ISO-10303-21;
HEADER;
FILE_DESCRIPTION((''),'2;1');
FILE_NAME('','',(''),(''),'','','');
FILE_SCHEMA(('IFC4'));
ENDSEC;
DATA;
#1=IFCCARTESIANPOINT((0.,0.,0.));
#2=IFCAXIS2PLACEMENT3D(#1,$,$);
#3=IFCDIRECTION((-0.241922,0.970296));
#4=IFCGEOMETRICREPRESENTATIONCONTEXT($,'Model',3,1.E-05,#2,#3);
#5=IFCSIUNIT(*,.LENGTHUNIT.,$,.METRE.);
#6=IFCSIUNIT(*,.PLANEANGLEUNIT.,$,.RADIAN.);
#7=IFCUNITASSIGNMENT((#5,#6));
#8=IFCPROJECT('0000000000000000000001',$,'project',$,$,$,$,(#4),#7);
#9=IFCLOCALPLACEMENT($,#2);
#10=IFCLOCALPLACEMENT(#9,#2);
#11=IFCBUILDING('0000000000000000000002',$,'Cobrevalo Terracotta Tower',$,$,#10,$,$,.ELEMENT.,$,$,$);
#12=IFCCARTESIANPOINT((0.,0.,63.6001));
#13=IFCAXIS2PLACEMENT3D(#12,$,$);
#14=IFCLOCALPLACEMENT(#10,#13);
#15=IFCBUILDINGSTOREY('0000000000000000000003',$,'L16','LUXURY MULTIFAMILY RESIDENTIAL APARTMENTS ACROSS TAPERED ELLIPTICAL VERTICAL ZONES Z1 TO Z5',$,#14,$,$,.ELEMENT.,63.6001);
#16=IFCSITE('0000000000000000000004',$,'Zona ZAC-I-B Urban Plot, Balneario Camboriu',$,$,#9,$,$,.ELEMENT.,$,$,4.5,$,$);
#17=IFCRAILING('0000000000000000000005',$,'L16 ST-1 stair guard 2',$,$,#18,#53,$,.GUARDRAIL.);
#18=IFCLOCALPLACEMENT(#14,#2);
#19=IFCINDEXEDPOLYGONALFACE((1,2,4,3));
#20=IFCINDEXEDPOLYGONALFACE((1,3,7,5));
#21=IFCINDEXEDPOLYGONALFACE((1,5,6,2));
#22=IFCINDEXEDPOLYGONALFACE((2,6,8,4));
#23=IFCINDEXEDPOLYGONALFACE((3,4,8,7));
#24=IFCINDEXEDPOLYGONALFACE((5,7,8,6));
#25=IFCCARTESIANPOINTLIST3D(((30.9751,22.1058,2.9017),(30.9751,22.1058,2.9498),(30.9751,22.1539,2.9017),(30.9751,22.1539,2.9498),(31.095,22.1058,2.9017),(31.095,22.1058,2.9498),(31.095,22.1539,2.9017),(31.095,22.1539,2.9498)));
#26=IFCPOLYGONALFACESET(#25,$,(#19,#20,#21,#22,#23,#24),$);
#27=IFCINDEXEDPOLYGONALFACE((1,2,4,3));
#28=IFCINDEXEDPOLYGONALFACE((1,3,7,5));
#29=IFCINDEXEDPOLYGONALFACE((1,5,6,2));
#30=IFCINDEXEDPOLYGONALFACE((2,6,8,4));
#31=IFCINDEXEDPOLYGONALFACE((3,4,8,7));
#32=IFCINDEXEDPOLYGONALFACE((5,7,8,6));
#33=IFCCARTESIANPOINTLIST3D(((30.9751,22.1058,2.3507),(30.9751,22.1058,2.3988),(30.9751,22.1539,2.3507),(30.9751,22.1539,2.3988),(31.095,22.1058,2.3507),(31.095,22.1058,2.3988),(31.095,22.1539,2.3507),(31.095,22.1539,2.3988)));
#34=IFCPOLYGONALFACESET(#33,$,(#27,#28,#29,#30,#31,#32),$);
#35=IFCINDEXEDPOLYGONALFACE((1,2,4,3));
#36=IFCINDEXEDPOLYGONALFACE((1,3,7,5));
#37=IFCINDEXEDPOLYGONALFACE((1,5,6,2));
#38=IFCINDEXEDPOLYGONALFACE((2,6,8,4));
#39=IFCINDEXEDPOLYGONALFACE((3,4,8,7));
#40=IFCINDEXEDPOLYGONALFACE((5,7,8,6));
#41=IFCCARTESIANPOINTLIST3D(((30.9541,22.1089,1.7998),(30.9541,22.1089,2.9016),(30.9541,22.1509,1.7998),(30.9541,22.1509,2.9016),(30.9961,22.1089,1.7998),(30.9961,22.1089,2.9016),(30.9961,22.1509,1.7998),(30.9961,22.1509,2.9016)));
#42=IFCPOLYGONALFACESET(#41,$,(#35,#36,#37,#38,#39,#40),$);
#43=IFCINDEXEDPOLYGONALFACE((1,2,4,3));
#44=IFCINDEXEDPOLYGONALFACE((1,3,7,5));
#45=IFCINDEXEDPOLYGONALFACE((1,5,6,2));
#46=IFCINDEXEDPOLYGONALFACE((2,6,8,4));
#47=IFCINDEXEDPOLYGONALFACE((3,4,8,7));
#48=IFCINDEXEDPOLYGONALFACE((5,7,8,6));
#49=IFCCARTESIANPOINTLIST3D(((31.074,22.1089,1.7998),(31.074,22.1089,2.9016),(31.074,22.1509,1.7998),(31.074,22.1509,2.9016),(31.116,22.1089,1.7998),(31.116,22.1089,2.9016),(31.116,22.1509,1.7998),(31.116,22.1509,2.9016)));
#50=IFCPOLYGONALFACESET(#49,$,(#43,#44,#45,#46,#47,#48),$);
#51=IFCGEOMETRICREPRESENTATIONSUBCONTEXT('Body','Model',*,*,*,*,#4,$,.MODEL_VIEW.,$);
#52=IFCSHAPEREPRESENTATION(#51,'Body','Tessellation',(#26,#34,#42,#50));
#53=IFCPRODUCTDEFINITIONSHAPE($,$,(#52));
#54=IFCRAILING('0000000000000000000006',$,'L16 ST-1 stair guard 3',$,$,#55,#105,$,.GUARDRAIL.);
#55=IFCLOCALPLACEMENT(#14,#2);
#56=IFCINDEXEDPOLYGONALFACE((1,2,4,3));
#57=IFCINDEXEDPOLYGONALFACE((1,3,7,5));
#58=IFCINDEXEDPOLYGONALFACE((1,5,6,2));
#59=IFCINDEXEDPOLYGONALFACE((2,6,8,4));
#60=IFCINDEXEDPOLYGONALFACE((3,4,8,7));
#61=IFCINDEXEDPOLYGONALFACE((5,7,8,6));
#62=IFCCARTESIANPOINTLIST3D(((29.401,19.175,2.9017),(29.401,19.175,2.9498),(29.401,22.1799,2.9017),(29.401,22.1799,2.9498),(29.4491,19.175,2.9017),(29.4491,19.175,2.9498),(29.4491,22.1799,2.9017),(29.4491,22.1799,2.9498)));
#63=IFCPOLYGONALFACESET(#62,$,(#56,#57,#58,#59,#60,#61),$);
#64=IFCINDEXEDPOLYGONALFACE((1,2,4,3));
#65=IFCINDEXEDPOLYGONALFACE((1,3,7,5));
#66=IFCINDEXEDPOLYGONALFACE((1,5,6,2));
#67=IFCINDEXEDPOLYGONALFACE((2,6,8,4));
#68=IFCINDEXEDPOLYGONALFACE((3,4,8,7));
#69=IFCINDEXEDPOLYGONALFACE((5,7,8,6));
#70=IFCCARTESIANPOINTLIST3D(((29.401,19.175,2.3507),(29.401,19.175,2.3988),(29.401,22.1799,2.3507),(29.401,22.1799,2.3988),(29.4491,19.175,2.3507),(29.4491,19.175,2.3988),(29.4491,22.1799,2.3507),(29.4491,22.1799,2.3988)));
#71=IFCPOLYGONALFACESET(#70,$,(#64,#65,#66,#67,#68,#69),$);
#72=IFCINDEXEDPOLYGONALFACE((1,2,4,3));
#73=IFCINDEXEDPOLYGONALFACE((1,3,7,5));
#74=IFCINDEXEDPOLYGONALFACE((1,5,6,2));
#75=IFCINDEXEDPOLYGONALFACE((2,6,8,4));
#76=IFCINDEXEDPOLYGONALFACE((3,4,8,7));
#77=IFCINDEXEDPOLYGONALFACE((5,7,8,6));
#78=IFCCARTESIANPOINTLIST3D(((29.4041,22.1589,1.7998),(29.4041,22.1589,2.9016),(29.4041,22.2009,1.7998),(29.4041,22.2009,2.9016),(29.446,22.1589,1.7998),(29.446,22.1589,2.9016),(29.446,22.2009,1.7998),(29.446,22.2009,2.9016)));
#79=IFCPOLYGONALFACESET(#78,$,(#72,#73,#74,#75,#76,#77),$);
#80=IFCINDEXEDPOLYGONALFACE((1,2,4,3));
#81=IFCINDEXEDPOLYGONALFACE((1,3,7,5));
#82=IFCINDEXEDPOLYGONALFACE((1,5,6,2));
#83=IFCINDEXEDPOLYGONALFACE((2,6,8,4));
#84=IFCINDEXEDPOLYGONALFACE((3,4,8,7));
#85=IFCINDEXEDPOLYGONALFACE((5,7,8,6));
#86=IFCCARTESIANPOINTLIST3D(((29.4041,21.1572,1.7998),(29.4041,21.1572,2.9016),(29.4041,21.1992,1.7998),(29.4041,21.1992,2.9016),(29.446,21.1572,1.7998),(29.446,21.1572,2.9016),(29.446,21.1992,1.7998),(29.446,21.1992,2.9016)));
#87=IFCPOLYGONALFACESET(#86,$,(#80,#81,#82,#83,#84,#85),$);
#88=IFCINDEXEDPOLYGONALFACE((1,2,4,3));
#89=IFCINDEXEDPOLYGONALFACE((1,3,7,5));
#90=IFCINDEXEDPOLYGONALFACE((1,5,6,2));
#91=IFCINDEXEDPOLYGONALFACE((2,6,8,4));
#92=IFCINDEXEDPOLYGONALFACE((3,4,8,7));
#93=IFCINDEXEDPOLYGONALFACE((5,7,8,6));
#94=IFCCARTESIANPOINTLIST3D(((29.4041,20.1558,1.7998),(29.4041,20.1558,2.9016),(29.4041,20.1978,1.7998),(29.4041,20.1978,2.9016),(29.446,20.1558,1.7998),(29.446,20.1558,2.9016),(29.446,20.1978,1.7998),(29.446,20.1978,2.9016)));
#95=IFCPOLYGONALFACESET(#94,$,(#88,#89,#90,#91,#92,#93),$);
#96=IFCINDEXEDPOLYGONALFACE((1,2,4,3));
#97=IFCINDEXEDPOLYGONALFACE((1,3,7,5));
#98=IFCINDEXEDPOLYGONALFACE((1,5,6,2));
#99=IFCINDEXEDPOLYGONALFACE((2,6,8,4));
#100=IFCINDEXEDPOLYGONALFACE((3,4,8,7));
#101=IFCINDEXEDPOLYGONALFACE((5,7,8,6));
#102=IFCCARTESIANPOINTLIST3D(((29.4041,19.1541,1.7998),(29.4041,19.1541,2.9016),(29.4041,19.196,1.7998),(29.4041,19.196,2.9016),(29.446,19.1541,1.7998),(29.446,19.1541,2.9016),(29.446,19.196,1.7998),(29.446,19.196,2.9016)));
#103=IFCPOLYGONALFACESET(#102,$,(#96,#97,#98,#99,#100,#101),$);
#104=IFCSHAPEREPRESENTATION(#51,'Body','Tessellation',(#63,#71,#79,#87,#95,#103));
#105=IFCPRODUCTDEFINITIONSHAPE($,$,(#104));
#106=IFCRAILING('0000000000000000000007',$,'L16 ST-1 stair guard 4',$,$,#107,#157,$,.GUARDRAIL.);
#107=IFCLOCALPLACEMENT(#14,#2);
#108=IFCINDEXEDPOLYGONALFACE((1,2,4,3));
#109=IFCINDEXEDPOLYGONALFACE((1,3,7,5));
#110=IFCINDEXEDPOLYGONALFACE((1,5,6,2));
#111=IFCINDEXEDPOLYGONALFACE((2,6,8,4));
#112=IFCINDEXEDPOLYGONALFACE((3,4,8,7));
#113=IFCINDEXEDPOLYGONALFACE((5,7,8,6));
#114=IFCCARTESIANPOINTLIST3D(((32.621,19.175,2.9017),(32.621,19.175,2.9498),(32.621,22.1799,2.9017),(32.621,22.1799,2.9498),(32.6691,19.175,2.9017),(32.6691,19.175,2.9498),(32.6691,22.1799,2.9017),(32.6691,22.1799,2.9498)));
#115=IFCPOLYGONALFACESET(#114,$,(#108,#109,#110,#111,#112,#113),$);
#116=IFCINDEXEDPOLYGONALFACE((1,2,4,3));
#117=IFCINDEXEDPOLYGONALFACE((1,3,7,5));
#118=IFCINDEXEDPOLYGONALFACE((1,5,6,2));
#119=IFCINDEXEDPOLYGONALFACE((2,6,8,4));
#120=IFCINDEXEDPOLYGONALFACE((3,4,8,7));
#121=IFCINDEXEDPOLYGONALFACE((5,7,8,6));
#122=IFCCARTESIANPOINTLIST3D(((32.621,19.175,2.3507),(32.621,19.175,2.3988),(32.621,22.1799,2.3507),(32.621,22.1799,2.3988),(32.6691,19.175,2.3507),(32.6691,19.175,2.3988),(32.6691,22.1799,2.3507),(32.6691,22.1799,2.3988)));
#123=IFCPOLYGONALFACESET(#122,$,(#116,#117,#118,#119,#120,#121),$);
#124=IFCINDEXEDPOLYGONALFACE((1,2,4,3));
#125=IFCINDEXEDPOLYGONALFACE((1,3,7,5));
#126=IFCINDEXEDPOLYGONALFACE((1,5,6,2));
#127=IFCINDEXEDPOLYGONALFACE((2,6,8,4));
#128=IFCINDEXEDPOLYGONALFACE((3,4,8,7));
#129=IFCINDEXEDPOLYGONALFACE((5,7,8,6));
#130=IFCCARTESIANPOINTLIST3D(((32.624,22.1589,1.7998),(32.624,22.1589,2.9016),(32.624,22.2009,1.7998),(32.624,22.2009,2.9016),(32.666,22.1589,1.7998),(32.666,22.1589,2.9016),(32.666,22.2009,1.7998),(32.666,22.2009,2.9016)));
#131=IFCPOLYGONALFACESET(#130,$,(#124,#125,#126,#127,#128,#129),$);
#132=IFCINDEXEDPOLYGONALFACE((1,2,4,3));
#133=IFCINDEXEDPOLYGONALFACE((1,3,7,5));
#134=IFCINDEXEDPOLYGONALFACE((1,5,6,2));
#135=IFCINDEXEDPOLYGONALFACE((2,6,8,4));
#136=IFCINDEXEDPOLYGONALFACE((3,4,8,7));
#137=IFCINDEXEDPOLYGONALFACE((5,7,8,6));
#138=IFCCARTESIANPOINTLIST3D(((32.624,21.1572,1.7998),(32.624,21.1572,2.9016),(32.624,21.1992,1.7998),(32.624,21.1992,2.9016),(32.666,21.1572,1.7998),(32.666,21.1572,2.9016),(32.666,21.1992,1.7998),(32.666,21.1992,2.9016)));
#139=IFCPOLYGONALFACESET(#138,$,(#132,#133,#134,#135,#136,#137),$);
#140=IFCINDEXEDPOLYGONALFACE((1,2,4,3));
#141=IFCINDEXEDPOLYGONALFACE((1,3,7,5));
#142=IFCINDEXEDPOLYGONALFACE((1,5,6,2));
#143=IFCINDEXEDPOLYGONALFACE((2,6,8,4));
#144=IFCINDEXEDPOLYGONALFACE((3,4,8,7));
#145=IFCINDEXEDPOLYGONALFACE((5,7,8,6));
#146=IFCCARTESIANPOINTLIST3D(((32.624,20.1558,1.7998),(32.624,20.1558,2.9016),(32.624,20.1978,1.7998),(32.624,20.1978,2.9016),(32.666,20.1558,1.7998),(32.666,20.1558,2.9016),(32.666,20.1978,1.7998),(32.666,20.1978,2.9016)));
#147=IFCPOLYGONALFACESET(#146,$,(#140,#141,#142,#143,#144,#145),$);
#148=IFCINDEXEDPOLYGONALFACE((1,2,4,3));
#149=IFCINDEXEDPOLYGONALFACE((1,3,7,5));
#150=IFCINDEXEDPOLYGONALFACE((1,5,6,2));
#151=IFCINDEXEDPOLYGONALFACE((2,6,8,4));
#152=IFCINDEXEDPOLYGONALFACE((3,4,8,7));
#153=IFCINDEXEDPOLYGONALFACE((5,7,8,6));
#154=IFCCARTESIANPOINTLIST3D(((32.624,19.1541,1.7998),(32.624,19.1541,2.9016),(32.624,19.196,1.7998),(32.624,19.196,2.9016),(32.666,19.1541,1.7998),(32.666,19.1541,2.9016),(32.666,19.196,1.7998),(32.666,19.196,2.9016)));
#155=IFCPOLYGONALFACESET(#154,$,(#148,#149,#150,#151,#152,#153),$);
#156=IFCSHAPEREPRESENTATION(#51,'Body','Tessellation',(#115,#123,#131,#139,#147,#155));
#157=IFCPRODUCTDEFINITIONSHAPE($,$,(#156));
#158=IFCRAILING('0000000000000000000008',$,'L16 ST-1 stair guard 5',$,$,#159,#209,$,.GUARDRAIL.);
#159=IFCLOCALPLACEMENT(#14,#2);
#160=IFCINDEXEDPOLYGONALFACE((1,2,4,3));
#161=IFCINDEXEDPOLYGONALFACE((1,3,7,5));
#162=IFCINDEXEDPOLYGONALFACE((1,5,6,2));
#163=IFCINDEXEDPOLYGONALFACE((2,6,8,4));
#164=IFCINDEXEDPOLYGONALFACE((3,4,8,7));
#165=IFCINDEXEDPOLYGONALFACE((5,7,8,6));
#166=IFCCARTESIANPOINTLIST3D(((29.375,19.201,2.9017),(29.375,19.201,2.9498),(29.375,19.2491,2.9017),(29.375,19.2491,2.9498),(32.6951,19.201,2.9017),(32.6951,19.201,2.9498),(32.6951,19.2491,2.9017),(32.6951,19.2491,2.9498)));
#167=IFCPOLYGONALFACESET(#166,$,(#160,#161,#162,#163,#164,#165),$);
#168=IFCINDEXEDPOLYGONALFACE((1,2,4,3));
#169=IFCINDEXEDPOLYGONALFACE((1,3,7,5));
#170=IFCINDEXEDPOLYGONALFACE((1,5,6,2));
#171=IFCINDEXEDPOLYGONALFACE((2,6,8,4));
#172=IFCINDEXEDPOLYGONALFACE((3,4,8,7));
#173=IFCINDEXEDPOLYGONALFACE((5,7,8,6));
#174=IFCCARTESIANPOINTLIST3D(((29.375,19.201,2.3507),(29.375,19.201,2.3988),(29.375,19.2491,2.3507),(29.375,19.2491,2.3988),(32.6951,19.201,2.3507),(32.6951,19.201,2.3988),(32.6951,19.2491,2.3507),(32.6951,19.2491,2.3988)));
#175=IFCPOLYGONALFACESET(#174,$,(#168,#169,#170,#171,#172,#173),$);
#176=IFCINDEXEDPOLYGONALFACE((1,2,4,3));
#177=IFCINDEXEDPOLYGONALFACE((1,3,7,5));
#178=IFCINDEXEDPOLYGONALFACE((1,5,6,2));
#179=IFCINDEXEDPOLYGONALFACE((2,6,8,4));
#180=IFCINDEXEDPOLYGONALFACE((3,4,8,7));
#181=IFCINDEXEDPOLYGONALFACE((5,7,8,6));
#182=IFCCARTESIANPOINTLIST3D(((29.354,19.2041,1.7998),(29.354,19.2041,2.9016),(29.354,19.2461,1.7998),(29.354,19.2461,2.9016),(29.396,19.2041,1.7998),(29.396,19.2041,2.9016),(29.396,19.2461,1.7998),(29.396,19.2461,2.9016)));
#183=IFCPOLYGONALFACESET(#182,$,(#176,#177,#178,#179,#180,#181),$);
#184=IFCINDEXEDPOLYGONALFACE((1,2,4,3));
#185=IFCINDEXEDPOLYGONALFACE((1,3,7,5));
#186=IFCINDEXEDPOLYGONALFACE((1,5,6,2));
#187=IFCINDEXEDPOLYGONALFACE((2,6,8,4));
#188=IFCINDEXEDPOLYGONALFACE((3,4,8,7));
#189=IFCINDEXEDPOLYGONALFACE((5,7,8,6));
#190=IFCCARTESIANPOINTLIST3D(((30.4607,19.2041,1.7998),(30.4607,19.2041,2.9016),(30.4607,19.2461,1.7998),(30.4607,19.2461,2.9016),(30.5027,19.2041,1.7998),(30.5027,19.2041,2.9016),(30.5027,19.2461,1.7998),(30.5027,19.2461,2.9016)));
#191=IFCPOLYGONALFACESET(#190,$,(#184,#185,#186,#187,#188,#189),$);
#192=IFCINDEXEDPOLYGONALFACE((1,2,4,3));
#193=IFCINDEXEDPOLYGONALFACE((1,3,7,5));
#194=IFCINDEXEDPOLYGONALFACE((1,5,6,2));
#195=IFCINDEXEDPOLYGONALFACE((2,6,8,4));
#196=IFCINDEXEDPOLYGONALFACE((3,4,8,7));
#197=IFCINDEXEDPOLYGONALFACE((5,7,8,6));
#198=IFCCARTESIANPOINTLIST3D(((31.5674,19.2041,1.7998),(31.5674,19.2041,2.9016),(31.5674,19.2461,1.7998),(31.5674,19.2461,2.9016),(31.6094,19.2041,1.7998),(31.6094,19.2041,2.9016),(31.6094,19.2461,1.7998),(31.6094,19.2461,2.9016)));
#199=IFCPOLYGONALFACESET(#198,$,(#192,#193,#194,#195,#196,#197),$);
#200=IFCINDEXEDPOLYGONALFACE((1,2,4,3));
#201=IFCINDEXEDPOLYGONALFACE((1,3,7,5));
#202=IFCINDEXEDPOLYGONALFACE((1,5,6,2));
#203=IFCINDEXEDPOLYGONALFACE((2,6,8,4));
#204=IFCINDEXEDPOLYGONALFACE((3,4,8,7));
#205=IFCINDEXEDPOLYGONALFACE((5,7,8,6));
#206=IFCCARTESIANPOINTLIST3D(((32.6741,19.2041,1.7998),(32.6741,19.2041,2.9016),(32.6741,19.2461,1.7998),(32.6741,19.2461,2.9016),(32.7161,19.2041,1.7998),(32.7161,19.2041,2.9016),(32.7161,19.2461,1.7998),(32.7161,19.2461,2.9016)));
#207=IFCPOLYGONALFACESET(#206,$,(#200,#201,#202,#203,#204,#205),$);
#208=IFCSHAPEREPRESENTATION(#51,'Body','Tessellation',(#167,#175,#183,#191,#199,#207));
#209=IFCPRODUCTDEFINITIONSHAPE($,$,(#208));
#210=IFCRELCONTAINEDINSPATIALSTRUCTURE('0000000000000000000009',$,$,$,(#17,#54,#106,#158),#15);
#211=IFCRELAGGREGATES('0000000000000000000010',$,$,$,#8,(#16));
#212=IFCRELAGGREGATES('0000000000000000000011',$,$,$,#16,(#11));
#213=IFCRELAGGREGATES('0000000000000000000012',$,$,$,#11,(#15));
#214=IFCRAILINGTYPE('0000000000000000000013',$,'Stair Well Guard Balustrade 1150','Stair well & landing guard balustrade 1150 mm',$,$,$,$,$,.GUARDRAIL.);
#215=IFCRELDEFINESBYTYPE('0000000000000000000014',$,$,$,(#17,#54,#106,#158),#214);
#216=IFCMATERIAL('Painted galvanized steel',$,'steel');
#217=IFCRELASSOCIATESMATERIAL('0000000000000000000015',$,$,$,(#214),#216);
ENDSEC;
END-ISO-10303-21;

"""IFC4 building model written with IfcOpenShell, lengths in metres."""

from ifc_helpers import new_model, si_unit, direction, frame, origin, origin_2d, place, context, subcontext, project, spatial, rectangle, extrude, material, type_object, element, save


model = new_model("IFC4")

# Units and contexts
model_context = context("Model", 3, precision=1e-05, world=origin(), true_north=direction((-0.241922, 0.970296)))
body_context = subcontext(model_context, "Body", "Model", "MODEL_VIEW")
ifc_project = project(units=[si_unit("LENGTHUNIT", "METRE"), si_unit("PLANEANGLEUNIT", "RADIAN")], contexts=[model_context])

# Site, building, storey
site_placement = place(None, origin())
site = spatial("IfcSite", under=ifc_project, at=site_placement, Name="Zona ZAC-I-B Urban Plot, Balneario Camboriu", CompositionType="ELEMENT", RefElevation=4.5)
building_placement = place(site_placement, origin())
building = spatial("IfcBuilding", under=site, at=building_placement, Name="Cobrevalo Terracotta Tower", CompositionType="ELEMENT")
storey_placement = place(building_placement, frame((0.0, 0.0, 63.6001)))
storey = spatial("IfcBuildingStorey", under=building, at=storey_placement, Name="L16", Description="LUXURY MULTIFAMILY RESIDENTIAL APARTMENTS ACROSS TAPERED ELLIPTICAL VERTICAL ZONES Z1 TO Z5", CompositionType="ELEMENT", Elevation=63.6001)

# Railings
ifc_material_1 = material(Name="Painted galvanized steel", Category="steel")
railing_type = type_object("IfcRailingType", Name="Stair Well Guard Balustrade 1150", Description="Stair well & landing guard balustrade 1150 mm", PredefinedType="GUARDRAIL", material=ifc_material_1)
railing_1_placement = place(storey_placement, frame((30.9751, 22.1299, 1.7998)))
element("IfcRailing", 1, at=railing_1_placement, inside=storey, type_object=railing_type, Name="L16 ST-1 stair guard 2", PredefinedType="GUARDRAIL", context=body_context, shape_type="SweptSolid", body=[
    extrude(rectangle(XDim=0.0481, YDim=0.0481, at=origin_2d()), frame((0.0, 0.0, 1.126), z_axis=(1.0, 0.0, 0.0), x_axis=(0.0, 1.0, 0.0)), (0.0, 0.0, 1.0), 0.1199),
    extrude(rectangle(XDim=0.0481, YDim=0.0481, at=origin_2d()), frame((0.0, 0.0, 0.575), z_axis=(1.0, 0.0, 0.0), x_axis=(0.0, 1.0, 0.0)), (0.0, 0.0, 1.0), 0.1199),
    extrude(rectangle(XDim=0.042, YDim=0.042, at=origin_2d()), origin(), (0.0, 0.0, 1.0), 1.1018),
    extrude(rectangle(XDim=0.042, YDim=0.042, at=origin_2d()), frame((0.1199, 0.0, 0.0)), (0.0, 0.0, 1.0), 1.1018),
])
for number, where, name in (
    (2, (29.425, 22.1799, 1.7998), "L16 ST-1 stair guard 3"),
    (3, (32.645, 22.1799, 1.7998), "L16 ST-1 stair guard 4"),
):
    element("IfcRailing", number, at=place(storey_placement, frame(where)), inside=storey, type_object=railing_type, Name=name, PredefinedType="GUARDRAIL", context=body_context, shape_type="SweptSolid", body=[
        extrude(rectangle(XDim=0.0481, YDim=0.0481, at=origin_2d()), frame((0.0, 0.0, 1.126), z_axis=(0.0, -1.0, 0.0), x_axis=(1.0, 0.0, 0.0)), (0.0, 0.0, 1.0), 3.0049),
        extrude(rectangle(XDim=0.0481, YDim=0.0481, at=origin_2d()), frame((0.0, 0.0, 0.575), z_axis=(0.0, -1.0, 0.0), x_axis=(1.0, 0.0, 0.0)), (0.0, 0.0, 1.0), 3.0049),
        extrude(rectangle(XDim=0.042, YDim=0.042, at=origin_2d()), origin(), (0.0, 0.0, 1.0), 1.1018),
        extrude(rectangle(XDim=0.042, YDim=0.042, at=origin_2d()), frame((0.0, -1.0017, 0.0)), (0.0, 0.0, 1.0), 1.1018),
        extrude(rectangle(XDim=0.042, YDim=0.042, at=origin_2d()), frame((0.0, -2.0032, 0.0)), (0.0, 0.0, 1.0), 1.1018),
        extrude(rectangle(XDim=0.042, YDim=0.042, at=origin_2d()), frame((0.0, -3.0049, 0.0)), (0.0, 0.0, 1.0), 1.1018),
    ])
railing_2_placement = place(storey_placement, frame((29.375, 19.2251, 1.7998)))
element("IfcRailing", 4, at=railing_2_placement, inside=storey, type_object=railing_type, Name="L16 ST-1 stair guard 5", PredefinedType="GUARDRAIL", context=body_context, shape_type="SweptSolid", body=[
    extrude(rectangle(XDim=0.0481, YDim=0.0481, at=origin_2d()), frame((0.0, 0.0, 1.126), z_axis=(1.0, 0.0, 0.0), x_axis=(0.0, 1.0, 0.0)), (0.0, 0.0, 1.0), 3.3201),
    extrude(rectangle(XDim=0.0481, YDim=0.0481, at=origin_2d()), frame((0.0, 0.0, 0.575), z_axis=(1.0, 0.0, 0.0), x_axis=(0.0, 1.0, 0.0)), (0.0, 0.0, 1.0), 3.3201),
    extrude(rectangle(XDim=0.042, YDim=0.042, at=origin_2d()), origin(), (0.0, 0.0, 1.0), 1.1018),
    extrude(rectangle(XDim=0.042, YDim=0.042, at=origin_2d()), frame((1.1067, 0.0, 0.0)), (0.0, 0.0, 1.0), 1.1018),
    extrude(rectangle(XDim=0.042, YDim=0.042, at=origin_2d()), frame((2.2134, 0.0, 0.0)), (0.0, 0.0, 1.0), 1.1018),
    extrude(rectangle(XDim=0.042, YDim=0.042, at=origin_2d()), frame((3.3201, 0.0, 0.0)), (0.0, 0.0, 1.0), 1.1018),
])

save(model, "model.ifc")
